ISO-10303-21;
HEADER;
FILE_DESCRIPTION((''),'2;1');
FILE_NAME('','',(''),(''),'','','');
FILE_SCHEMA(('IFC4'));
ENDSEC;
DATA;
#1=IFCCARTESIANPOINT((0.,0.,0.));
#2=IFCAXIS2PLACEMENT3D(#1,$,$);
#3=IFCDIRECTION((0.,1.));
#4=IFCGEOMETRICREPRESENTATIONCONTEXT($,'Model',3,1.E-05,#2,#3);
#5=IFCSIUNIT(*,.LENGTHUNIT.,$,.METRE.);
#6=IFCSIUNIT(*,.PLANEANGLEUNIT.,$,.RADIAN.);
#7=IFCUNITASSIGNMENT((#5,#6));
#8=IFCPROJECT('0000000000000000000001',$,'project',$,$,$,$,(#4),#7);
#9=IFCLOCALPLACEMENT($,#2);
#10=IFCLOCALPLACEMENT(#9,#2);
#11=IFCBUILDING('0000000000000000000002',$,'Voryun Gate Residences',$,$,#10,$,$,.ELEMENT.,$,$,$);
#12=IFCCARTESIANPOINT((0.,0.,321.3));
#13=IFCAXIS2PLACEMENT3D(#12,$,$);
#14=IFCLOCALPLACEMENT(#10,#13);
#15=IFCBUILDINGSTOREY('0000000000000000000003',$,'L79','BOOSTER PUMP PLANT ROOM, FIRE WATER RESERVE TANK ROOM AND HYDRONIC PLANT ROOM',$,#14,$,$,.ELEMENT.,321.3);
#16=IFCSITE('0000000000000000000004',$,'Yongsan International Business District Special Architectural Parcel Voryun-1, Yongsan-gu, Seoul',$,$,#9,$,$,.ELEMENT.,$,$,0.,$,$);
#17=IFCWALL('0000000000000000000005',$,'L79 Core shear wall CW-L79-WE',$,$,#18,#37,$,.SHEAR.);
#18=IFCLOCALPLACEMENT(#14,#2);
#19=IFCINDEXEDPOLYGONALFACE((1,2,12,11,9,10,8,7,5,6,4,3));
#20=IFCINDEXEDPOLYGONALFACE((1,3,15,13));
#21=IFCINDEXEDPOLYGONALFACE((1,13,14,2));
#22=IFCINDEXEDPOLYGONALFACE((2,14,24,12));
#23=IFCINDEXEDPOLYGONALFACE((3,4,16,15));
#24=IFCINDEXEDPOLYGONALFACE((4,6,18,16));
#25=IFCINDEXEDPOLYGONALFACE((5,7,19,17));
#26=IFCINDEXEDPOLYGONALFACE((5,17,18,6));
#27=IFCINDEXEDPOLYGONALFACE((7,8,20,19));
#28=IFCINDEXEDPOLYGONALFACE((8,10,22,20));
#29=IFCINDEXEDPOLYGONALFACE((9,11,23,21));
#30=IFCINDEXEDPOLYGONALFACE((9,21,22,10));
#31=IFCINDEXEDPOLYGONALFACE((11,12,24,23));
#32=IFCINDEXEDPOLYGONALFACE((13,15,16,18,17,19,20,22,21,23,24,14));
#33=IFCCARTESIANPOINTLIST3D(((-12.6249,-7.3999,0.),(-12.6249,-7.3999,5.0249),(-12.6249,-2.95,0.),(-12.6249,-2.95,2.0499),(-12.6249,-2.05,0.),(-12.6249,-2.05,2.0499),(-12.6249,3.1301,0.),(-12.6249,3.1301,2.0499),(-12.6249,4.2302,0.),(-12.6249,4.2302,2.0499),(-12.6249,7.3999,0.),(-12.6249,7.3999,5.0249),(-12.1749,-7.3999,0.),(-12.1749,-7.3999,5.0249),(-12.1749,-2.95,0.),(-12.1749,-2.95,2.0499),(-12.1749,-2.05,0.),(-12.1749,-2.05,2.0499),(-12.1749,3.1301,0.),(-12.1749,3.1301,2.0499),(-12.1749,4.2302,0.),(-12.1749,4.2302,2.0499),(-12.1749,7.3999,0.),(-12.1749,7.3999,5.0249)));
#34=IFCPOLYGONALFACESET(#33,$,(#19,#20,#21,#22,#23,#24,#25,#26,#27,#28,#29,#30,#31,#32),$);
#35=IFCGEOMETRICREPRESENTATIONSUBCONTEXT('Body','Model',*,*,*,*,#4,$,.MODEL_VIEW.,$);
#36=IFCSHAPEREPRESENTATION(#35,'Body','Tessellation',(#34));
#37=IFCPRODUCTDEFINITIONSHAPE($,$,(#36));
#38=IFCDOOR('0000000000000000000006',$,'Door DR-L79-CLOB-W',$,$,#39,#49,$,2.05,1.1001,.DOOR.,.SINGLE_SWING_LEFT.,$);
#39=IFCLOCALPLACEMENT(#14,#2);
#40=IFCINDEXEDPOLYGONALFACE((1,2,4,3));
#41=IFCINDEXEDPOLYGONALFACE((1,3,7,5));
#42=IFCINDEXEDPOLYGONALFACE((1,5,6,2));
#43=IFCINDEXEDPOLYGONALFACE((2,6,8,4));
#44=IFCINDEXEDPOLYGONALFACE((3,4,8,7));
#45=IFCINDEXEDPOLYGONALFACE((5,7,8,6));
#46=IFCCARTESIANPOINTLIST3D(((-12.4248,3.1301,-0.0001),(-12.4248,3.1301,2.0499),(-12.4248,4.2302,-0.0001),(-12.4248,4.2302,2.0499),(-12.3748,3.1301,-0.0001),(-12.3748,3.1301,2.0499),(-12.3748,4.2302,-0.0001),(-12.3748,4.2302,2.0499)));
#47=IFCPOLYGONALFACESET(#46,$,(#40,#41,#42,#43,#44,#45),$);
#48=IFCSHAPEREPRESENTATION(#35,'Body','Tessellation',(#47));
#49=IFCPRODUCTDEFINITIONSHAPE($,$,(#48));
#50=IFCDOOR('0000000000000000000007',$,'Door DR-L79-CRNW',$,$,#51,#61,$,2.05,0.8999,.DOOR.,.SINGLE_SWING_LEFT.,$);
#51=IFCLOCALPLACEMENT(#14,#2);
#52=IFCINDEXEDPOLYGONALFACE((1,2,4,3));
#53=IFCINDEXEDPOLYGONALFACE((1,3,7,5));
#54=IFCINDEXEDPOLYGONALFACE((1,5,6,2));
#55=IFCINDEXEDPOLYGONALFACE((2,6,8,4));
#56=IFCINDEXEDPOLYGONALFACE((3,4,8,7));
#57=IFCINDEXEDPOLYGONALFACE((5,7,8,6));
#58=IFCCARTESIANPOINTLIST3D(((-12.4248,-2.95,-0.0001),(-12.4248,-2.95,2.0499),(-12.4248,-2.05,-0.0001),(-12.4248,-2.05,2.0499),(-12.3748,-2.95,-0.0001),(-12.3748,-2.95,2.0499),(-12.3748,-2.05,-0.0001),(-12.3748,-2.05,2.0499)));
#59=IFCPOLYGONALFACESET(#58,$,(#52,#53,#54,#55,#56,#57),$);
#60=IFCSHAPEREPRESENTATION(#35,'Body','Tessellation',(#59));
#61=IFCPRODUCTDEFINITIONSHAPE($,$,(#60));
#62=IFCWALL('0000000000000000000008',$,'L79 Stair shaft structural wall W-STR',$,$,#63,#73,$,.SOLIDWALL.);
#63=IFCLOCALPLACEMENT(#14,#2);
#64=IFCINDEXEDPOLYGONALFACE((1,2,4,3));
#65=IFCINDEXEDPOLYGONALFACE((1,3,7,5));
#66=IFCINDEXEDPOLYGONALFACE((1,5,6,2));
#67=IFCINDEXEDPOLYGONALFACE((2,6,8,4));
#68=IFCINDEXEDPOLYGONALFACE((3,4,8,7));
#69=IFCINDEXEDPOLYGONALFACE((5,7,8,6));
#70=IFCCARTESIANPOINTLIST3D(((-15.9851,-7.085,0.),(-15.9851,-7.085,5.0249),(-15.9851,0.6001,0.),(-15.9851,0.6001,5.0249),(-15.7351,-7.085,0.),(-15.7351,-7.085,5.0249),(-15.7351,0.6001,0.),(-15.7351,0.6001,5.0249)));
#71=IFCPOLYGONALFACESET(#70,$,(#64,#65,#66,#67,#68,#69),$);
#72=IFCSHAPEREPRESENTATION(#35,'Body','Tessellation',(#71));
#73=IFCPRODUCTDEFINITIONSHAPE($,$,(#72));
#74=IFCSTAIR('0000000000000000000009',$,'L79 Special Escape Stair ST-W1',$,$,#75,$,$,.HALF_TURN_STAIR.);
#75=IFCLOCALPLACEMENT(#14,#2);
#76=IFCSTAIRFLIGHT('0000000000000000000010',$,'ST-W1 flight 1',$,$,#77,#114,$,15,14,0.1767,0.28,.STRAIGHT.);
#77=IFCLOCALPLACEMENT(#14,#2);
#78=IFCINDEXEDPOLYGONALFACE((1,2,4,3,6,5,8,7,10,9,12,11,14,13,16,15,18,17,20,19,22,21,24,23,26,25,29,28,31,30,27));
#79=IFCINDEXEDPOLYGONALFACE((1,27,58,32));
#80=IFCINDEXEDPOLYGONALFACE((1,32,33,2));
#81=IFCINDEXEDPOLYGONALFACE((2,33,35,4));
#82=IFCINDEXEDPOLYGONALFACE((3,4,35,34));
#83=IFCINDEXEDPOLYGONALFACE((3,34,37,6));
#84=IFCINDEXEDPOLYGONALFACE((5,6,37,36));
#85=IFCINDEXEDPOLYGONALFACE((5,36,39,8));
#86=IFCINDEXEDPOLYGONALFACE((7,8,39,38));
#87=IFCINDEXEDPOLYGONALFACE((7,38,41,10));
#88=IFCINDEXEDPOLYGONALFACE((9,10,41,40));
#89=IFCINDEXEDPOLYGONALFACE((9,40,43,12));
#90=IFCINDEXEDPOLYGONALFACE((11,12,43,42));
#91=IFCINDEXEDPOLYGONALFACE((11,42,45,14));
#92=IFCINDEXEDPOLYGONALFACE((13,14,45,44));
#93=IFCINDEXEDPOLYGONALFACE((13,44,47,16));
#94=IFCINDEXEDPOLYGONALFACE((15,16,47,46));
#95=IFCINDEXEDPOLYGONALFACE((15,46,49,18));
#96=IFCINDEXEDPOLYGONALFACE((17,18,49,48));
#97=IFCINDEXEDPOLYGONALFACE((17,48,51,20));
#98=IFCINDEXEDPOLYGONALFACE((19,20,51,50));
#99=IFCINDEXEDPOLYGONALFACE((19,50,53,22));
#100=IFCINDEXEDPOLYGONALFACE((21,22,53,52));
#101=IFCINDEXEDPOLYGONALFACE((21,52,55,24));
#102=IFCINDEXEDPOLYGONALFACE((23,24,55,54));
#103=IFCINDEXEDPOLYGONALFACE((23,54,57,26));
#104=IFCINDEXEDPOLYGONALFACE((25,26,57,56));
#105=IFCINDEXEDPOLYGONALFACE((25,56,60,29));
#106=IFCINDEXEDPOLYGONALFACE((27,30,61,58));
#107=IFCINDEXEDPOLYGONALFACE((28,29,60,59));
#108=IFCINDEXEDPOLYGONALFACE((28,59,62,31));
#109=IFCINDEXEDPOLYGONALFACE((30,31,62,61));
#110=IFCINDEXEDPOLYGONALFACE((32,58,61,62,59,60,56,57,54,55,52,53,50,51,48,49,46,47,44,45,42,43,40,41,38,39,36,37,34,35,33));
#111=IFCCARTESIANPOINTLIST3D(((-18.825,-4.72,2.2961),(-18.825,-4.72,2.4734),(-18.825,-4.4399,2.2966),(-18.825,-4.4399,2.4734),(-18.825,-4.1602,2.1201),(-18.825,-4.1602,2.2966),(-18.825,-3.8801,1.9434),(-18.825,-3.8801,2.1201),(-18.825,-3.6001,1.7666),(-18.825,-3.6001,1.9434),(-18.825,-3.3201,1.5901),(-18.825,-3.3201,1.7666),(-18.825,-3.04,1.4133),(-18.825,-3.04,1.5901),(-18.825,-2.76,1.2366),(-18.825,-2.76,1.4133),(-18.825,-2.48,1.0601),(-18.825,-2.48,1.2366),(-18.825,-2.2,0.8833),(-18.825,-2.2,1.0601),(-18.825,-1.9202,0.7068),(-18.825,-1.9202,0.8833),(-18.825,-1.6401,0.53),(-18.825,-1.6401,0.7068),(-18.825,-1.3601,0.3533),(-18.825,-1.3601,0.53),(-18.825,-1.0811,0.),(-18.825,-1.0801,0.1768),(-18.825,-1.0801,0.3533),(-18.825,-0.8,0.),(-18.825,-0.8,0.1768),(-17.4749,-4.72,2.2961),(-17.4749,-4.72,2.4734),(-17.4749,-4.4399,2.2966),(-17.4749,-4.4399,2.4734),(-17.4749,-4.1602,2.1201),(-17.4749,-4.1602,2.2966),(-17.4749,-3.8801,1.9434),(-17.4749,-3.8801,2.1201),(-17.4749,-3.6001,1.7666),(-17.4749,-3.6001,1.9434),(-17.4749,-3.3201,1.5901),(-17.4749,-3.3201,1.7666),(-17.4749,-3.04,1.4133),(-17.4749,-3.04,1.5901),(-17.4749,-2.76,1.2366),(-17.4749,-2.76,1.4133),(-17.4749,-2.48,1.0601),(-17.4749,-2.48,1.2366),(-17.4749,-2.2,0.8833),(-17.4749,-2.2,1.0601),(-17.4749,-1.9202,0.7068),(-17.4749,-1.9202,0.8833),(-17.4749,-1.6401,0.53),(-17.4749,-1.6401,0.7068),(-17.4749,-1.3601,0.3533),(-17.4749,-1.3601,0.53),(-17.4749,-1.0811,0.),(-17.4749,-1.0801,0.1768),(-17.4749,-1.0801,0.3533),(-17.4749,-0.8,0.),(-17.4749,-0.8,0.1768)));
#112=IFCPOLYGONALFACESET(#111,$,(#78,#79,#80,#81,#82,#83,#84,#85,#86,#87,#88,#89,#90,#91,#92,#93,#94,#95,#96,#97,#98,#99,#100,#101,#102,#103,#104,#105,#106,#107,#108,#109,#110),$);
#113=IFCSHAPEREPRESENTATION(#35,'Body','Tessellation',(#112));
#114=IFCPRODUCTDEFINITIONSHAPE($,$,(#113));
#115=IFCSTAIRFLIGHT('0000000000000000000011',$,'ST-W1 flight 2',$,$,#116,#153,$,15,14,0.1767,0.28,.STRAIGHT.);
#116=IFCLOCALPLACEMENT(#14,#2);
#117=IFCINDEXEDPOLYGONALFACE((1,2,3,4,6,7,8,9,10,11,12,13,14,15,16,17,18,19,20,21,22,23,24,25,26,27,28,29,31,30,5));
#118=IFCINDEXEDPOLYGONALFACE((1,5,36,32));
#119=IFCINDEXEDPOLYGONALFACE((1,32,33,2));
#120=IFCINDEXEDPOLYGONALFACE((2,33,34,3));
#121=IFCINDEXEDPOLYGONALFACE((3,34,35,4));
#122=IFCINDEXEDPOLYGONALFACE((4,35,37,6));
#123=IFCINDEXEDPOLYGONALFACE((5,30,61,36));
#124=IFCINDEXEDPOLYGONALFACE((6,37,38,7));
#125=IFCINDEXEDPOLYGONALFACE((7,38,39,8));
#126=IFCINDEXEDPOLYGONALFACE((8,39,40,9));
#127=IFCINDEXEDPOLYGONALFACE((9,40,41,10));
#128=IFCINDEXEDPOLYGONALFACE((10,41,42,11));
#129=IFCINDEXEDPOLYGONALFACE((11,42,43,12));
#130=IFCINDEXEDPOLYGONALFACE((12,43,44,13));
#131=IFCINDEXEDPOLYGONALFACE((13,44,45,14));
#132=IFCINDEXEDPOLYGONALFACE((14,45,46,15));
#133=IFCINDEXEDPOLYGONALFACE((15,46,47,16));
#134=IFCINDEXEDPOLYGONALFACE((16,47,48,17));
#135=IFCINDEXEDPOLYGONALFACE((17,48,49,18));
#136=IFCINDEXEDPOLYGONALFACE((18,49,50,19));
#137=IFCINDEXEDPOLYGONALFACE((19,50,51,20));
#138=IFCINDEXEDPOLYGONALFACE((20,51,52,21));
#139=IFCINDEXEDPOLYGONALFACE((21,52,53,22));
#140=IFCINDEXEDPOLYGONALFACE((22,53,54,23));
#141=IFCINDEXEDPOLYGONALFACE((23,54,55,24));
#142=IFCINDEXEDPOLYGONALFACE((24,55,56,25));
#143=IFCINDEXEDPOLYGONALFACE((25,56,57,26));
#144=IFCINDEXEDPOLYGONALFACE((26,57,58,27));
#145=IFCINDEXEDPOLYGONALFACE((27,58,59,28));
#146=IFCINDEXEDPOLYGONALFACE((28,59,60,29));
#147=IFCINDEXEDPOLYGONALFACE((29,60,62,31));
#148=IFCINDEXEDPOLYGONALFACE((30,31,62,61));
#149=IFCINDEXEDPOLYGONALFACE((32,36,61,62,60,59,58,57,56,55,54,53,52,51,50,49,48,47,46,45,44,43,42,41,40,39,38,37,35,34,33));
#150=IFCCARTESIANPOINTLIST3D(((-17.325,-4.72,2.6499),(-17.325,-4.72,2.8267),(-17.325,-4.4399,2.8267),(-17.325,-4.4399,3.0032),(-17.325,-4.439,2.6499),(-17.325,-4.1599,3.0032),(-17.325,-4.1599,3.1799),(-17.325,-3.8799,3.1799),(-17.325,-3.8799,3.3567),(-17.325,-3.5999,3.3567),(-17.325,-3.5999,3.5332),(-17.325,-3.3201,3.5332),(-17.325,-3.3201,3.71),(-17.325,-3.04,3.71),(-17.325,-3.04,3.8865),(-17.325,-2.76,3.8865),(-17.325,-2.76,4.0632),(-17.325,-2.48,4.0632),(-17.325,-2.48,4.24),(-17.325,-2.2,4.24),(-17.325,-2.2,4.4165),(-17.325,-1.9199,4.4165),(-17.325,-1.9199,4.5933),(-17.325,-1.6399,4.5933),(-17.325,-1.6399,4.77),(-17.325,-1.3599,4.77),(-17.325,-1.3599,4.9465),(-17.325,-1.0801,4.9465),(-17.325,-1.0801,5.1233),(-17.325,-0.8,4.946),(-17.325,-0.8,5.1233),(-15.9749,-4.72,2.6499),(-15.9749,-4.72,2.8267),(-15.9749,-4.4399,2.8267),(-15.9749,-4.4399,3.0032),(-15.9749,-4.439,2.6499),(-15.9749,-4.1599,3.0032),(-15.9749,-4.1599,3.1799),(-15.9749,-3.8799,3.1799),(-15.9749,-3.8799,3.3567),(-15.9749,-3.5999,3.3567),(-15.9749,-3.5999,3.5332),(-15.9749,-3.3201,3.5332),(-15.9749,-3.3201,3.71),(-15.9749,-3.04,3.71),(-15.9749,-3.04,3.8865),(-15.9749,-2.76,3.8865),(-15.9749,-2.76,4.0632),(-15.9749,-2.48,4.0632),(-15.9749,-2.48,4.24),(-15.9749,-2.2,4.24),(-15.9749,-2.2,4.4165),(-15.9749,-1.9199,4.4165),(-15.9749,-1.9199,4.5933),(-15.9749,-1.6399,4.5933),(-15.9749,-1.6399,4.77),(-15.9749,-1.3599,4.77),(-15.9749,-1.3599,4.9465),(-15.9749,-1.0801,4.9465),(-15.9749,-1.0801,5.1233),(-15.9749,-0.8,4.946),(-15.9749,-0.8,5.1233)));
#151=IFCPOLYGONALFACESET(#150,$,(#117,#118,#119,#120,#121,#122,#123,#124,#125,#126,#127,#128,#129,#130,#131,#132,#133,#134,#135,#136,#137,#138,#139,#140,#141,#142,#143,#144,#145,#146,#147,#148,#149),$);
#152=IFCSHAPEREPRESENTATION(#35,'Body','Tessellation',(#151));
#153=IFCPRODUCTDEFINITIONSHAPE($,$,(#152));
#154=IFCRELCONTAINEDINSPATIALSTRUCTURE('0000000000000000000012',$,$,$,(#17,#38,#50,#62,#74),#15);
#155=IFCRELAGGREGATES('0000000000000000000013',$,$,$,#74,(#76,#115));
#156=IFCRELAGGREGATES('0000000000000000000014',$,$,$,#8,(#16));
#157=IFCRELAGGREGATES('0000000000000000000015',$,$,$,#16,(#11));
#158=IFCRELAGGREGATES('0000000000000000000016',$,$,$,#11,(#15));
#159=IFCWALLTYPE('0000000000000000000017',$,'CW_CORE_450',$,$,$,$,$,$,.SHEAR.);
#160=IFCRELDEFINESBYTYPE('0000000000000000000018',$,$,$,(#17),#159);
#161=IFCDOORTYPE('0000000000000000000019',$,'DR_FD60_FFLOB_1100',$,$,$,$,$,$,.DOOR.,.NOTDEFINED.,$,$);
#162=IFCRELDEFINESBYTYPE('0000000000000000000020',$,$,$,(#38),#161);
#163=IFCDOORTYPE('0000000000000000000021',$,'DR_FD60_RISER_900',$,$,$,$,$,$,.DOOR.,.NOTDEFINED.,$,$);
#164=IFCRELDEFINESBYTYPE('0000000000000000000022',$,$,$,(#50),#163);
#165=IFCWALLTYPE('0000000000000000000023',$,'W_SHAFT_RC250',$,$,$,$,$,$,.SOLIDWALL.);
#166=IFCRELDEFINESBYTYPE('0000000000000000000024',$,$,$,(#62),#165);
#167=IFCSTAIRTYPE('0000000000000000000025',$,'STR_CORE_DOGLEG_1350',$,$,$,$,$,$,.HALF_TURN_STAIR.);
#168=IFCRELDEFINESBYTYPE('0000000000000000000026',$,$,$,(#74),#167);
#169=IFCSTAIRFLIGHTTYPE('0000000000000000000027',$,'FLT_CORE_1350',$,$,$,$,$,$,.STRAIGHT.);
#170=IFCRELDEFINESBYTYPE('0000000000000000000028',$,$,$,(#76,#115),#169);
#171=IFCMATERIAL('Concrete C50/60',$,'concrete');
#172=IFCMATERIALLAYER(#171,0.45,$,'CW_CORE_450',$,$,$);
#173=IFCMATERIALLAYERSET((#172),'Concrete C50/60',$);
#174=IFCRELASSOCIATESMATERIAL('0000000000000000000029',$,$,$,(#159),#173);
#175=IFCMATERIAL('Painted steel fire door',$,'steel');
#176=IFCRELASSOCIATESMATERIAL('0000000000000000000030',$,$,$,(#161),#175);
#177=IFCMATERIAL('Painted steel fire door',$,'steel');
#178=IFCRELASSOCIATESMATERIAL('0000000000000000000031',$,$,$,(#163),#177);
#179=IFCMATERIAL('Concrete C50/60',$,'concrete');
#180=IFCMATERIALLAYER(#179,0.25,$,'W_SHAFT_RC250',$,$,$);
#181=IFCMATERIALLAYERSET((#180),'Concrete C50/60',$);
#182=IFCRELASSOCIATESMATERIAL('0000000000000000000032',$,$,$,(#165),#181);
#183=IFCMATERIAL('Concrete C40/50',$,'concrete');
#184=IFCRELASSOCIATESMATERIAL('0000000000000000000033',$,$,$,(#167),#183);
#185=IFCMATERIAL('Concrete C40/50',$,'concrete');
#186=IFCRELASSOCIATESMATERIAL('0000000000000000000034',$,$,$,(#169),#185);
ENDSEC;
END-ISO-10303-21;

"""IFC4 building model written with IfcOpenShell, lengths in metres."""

from ifc_helpers import new_model, si_unit, direction, frame, frame_2d, origin, place, context, subcontext, project, spatial, polyline, rectangle, outline, extrude, material, layer, layer_set, type_object, element, fill, aggregate, save


model = new_model("IFC4")

# Units and contexts
model_context = context("Model", 3, precision=1e-05, world=origin(), true_north=direction((0.0, 1.0)))
body_context = subcontext(model_context, "Body", "Model", "MODEL_VIEW")
ifc_project = project(units=[si_unit("LENGTHUNIT", "METRE"), si_unit("PLANEANGLEUNIT", "RADIAN")], contexts=[model_context])

# Site, building, storey
site_placement = place(None, origin())
site = spatial("IfcSite", under=ifc_project, at=site_placement, Name="Yongsan International Business District Special Architectural Parcel Voryun-1, Yongsan-gu, Seoul", CompositionType="ELEMENT", RefElevation=0.0)
building_placement = place(site_placement, origin())
building = spatial("IfcBuilding", under=site, at=building_placement, Name="Voryun Gate Residences", CompositionType="ELEMENT")
storey_placement = place(building_placement, frame((0.0, 0.0, 321.3)))
storey = spatial("IfcBuildingStorey", under=building, at=storey_placement, Name="L79", Description="BOOSTER PUMP PLANT ROOM, FIRE WATER RESERVE TANK ROOM AND HYDRONIC PLANT ROOM", CompositionType="ELEMENT", Elevation=321.3)

# Wall, openings, doors
ifc_material_1 = material(Name="Concrete C50/60", Category="concrete")
ifc_layer_1 = layer(ifc_material_1, 0.45, Name="CW_CORE_450")
ifc_layer_set_1 = layer_set([ifc_layer_1], Name="Concrete C50/60")
wall_type_1 = type_object("IfcWallType", Name="CW_CORE_450", PredefinedType="SHEAR", material=ifc_layer_set_1)
wall_1_placement = place(storey_placement, frame((-12.3999, -7.3999, 0.0), z_axis=(0.0, 0.0, 1.0), x_axis=(0.0, 1.0, 0.0)))
wall_1 = element("IfcWall", 1, at=wall_1_placement, inside=storey, type_object=wall_type_1, Name="L79 Core shear wall CW-L79-WE", PredefinedType="SHEAR", context=body_context, shape_type="SweptSolid", body=[
    extrude(rectangle(XDim=14.7998, YDim=0.45, at=frame_2d((7.3999, 0.0))), origin(), (0.0, 0.0, 1.0), 5.0249),
])
opening_1_placement = place(wall_1_placement, frame((10.53, 0.0, 0.0)))
opening_1 = element("IfcOpeningElement", 2, at=opening_1_placement, cuts=wall_1, PredefinedType="OPENING", context=body_context, shape_type="SweptSolid", body=[
    extrude(rectangle(XDim=1.1001, YDim=2.05, at=frame_2d((0.55, 1.0249))), frame((0.0, 0.2351, 0.0), z_axis=(0.0, -1.0, 0.0), x_axis=(1.0, 0.0, 0.0)), (0.0, 0.0, 1.0), 0.47),
])
opening_2_placement = place(wall_1_placement, frame((4.45, 0.0, 0.0)))
opening_2 = element("IfcOpeningElement", 3, at=opening_2_placement, cuts=wall_1, PredefinedType="OPENING", context=body_context, shape_type="SweptSolid", body=[
    extrude(rectangle(XDim=0.8999, YDim=2.05, at=frame_2d((0.45, 1.0249))), frame((0.0, 0.2351, 0.0), z_axis=(0.0, -1.0, 0.0), x_axis=(1.0, 0.0, 0.0)), (0.0, 0.0, 1.0), 0.47),
])
ifc_material_2 = material(Name="Painted steel fire door", Category="steel")
door_type_1 = type_object("IfcDoorType", Name="DR_FD60_FFLOB_1100", OperationType="NOTDEFINED", PredefinedType="DOOR", material=ifc_material_2)
door_1_placement = place(opening_1_placement, origin())
door_1 = element("IfcDoor", 4, at=door_1_placement, inside=storey, type_object=door_type_1, Name="Door DR-L79-CLOB-W", OperationType="SINGLE_SWING_LEFT", OverallHeight=2.05, OverallWidth=1.1001, PredefinedType="DOOR", context=body_context, shape_type="SweptSolid", body=[
    extrude(rectangle(XDim=1.1001, YDim=2.05, at=frame_2d((0.55, 1.0249))), frame((0.0, 0.0249, 0.0), z_axis=(0.0, -1.0, 0.0), x_axis=(1.0, 0.0, 0.0)), (0.0, 0.0, 1.0), 0.05),
])
fill(opening_1, door_1)
ifc_material_3 = material(Name="Painted steel fire door", Category="steel")
door_type_2 = type_object("IfcDoorType", Name="DR_FD60_RISER_900", OperationType="NOTDEFINED", PredefinedType="DOOR", material=ifc_material_3)
door_2_placement = place(opening_2_placement, origin())
door_2 = element("IfcDoor", 5, at=door_2_placement, inside=storey, type_object=door_type_2, Name="Door DR-L79-CRNW", OperationType="SINGLE_SWING_LEFT", OverallHeight=2.05, OverallWidth=0.8999, PredefinedType="DOOR", context=body_context, shape_type="SweptSolid", body=[
    extrude(rectangle(XDim=0.8999, YDim=2.05, at=frame_2d((0.45, 1.0249))), frame((0.0, 0.0249, 0.0), z_axis=(0.0, -1.0, 0.0), x_axis=(1.0, 0.0, 0.0)), (0.0, 0.0, 1.0), 0.05),
])
fill(opening_2, door_2)

# Wall
ifc_material_4 = material(Name="Concrete C50/60", Category="concrete")
ifc_layer_2 = layer(ifc_material_4, 0.25, Name="W_SHAFT_RC250")
ifc_layer_set_2 = layer_set([ifc_layer_2], Name="Concrete C50/60")
wall_type_2 = type_object("IfcWallType", Name="W_SHAFT_RC250", PredefinedType="SOLIDWALL", material=ifc_layer_set_2)
wall_2_placement = place(storey_placement, frame((-15.8601, -7.085, 0.0), z_axis=(0.0, 0.0, 1.0), x_axis=(0.0, 1.0, 0.0)))
element("IfcWall", 6, at=wall_2_placement, inside=storey, type_object=wall_type_2, Name="L79 Stair shaft structural wall W-STR", PredefinedType="SOLIDWALL", context=body_context, shape_type="SweptSolid", body=[
    extrude(rectangle(XDim=7.6851, YDim=0.25, at=frame_2d((3.8425, 0.0))), origin(), (0.0, 0.0, 1.0), 5.0249),
])

# Stair, stair flights
ifc_material_5 = material(Name="Concrete C40/50", Category="concrete")
stair_type = type_object("IfcStairType", Name="STR_CORE_DOGLEG_1350", PredefinedType="HALF_TURN_STAIR", material=ifc_material_5)
stair_placement = place(storey_placement, origin())
stair = element("IfcStair", 7, at=stair_placement, inside=storey, type_object=stair_type, Name="L79 Special Escape Stair ST-W1", PredefinedType="HALF_TURN_STAIR")
ifc_material_6 = material(Name="Concrete C40/50", Category="concrete")
stair_flight_type = type_object("IfcStairFlightType", Name="FLT_CORE_1350", PredefinedType="STRAIGHT", material=ifc_material_6)
stair_flight_1_placement = place(storey_placement, frame((-18.1499, -0.8, 0.0), z_axis=(0.0, 0.0, 1.0), x_axis=(0.0, -1.0, 0.0)))
stair_flight_1 = element("IfcStairFlight", 8, at=stair_flight_1_placement, type_object=stair_flight_type, Name="ST-W1 flight 1", NumberOfRisers=15, NumberOfTreads=14, PredefinedType="STRAIGHT", RiserHeight=0.1767, TreadLength=0.28, context=body_context, shape_type="SweptSolid", body=[
    extrude(outline(polyline([(0.0, 0.0), (0.0, 0.1768), (0.28, 0.1768), (0.28, 0.3533), (0.5601, 0.3533), (0.5601, 0.53), (0.8401, 0.53), (0.8401, 0.7068), (1.1201, 0.7068), (1.1201, 0.8833), (1.3999, 0.8833), (1.3999, 1.0601), (1.6799, 1.0601), (1.6799, 1.2366), (1.96, 1.2366), (1.96, 1.4133), (2.24, 1.4133), (2.24, 1.5901), (2.52, 1.5901), (2.52, 1.7666), (2.8, 1.7666), (2.8, 1.9434), (3.0801, 1.9434), (3.0801, 2.1201), (3.3601, 2.1201), (3.3601, 2.2966), (3.6399, 2.2966), (3.6399, 2.4734), (3.9199, 2.4734), (3.9199, 2.6499), (3.9199, 2.2961), (0.281, 0.0), (0.0, 0.0)])), frame((0.0, 0.675, 0.0), z_axis=(0.0, -1.0, 0.0), x_axis=(1.0, 0.0, 0.0)), (0.0, 0.0, 1.0), 1.3501),
])
stair_flight_2_placement = place(storey_placement, frame((-16.6499, -4.72, 2.6499), z_axis=(0.0, 0.0, 1.0), x_axis=(0.0, 1.0, 0.0)))
stair_flight_2 = element("IfcStairFlight", 9, at=stair_flight_2_placement, type_object=stair_flight_type, Name="ST-W1 flight 2", NumberOfRisers=15, NumberOfTreads=14, PredefinedType="STRAIGHT", RiserHeight=0.1767, TreadLength=0.28, context=body_context, shape_type="SweptSolid", body=[
    extrude(outline(polyline([(0.0, 0.0), (0.0, 0.1768), (0.28, 0.1768), (0.28, 0.3533), (0.5601, 0.3533), (0.5601, 0.53), (0.8401, 0.53), (0.8401, 0.7068), (1.1201, 0.7068), (1.1201, 0.8833), (1.3999, 0.8833), (1.3999, 1.0601), (1.6799, 1.0601), (1.6799, 1.2366), (1.96, 1.2366), (1.96, 1.4133), (2.24, 1.4133), (2.24, 1.5901), (2.52, 1.5901), (2.52, 1.7666), (2.8, 1.7666), (2.8, 1.9434), (3.0801, 1.9434), (3.0801, 2.1201), (3.3601, 2.1201), (3.3601, 2.2966), (3.6399, 2.2966), (3.6399, 2.4734), (3.9199, 2.4734), (3.9199, 2.6499), (3.9199, 2.2961), (0.281, 0.0), (0.0, 0.0)])), frame((0.0, 0.675, 0.0), z_axis=(0.0, -1.0, 0.0), x_axis=(1.0, 0.0, 0.0)), (0.0, 0.0, 1.0), 1.3501),
])
aggregate(stair, [stair_flight_1, stair_flight_2])

save(model, "model.ifc")
